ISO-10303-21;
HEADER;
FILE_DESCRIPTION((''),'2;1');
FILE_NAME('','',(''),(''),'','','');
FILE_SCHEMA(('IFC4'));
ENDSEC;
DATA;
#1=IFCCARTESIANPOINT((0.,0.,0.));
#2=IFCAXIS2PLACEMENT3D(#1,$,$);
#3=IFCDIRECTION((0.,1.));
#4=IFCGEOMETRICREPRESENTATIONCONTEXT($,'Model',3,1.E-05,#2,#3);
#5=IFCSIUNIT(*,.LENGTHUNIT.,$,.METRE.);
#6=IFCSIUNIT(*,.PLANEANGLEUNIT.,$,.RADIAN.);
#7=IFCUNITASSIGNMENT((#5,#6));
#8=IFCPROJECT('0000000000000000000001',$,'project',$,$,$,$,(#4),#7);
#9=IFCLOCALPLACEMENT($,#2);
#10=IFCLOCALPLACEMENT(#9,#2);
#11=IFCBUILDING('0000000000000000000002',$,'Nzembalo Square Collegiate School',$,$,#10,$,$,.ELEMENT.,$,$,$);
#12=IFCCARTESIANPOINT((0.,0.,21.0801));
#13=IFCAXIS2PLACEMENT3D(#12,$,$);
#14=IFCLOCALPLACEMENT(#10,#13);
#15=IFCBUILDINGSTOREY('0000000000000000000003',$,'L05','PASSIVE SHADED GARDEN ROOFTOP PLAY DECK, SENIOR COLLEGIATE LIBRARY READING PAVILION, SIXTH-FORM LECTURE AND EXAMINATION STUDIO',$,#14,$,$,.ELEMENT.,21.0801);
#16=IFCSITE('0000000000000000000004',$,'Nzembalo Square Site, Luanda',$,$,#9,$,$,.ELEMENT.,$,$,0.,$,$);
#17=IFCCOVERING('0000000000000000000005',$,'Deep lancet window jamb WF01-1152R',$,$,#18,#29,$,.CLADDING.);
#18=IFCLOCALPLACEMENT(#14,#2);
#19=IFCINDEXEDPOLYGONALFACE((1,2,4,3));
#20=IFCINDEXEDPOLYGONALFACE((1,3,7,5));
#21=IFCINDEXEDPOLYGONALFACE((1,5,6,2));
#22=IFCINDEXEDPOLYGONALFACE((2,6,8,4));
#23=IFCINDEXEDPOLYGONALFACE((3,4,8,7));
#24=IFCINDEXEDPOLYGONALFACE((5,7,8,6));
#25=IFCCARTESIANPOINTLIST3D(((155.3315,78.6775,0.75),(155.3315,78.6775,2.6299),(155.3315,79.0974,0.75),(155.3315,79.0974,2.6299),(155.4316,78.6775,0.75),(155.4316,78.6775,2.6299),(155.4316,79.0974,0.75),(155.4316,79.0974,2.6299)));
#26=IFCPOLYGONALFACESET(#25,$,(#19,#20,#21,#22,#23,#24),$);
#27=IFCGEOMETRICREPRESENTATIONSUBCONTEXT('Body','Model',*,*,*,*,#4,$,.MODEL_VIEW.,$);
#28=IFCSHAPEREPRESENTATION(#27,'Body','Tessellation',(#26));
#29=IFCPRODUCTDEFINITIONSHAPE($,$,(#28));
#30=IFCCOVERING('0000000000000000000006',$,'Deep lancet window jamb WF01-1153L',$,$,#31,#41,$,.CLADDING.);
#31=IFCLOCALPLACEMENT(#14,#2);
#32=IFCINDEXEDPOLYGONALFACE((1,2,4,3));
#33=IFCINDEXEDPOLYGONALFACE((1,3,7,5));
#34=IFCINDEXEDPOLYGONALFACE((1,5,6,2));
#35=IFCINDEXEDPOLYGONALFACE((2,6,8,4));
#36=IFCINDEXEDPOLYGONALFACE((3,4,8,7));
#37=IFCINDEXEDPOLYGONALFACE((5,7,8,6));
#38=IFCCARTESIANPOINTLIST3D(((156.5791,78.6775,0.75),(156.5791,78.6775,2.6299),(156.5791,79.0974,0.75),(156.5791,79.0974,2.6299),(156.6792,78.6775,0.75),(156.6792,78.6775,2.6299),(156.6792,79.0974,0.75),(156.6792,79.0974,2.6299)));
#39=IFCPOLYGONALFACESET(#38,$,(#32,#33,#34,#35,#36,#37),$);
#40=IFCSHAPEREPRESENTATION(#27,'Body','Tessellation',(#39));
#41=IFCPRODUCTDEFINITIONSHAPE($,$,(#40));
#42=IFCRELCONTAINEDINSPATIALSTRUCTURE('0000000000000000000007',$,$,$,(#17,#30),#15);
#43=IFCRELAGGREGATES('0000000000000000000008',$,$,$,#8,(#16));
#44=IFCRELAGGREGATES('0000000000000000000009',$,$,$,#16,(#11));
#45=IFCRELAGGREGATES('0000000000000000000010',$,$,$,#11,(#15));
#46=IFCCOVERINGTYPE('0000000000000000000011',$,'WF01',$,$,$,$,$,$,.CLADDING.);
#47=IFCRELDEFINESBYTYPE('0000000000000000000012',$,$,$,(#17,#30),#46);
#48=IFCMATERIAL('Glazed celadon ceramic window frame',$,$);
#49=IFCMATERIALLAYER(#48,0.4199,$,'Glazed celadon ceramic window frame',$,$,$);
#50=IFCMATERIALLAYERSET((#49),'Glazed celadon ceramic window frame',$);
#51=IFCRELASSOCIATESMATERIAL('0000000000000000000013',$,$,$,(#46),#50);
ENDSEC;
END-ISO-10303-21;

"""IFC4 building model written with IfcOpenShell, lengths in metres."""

from ifc_helpers import new_model, si_unit, direction, frame, origin, origin_2d, place, context, subcontext, project, spatial, rectangle, extrude, material, layer, layer_set, type_object, element, save


model = new_model("IFC4")

# Units and contexts
model_context = context("Model", 3, precision=1e-05, world=origin(), true_north=direction((0.0, 1.0)))
body_context = subcontext(model_context, "Body", "Model", "MODEL_VIEW")
ifc_project = project(units=[si_unit("LENGTHUNIT", "METRE"), si_unit("PLANEANGLEUNIT", "RADIAN")], contexts=[model_context])

# Site, building, storey
site_placement = place(None, origin())
site = spatial("IfcSite", under=ifc_project, at=site_placement, Name="Nzembalo Square Site, Luanda", CompositionType="ELEMENT", RefElevation=0.0)
building_placement = place(site_placement, origin())
building = spatial("IfcBuilding", under=site, at=building_placement, Name="Nzembalo Square Collegiate School", CompositionType="ELEMENT")
storey_placement = place(building_placement, frame((0.0, 0.0, 21.0801)))
storey = spatial("IfcBuildingStorey", under=building, at=storey_placement, Name="L05", Description="PASSIVE SHADED GARDEN ROOFTOP PLAY DECK, SENIOR COLLEGIATE LIBRARY READING PAVILION, SIXTH-FORM LECTURE AND EXAMINATION STUDIO", CompositionType="ELEMENT", Elevation=21.0801)

# Coverings
ifc_material_1 = material(Name="Glazed celadon ceramic window frame")
ifc_layer_1 = layer(ifc_material_1, 0.4199, Name="Glazed celadon ceramic window frame")
ifc_layer_set_1 = layer_set([ifc_layer_1], Name="Glazed celadon ceramic window frame")
covering_type_1 = type_object("IfcCoveringType", Name="WF01", PredefinedType="CLADDING", material=ifc_layer_set_1)
for number, where, z_axis, x_axis, name in (
    (1, (155.3816, 78.8875, 0.75), (0.0, 0.0, 1.0), (1.0, 0.0, 0.0), "Deep lancet window jamb WF01-1152R"),
    (2, (156.6292, 78.8875, 0.75), (0.0, 0.0, 1.0), (1.0, 0.0, 0.0), "Deep lancet window jamb WF01-1153L"),
):
    element("IfcCovering", number, at=place(storey_placement, frame(where, z_axis=z_axis, x_axis=x_axis)), inside=storey, type_object=covering_type_1, Name=name, PredefinedType="CLADDING", context=body_context, shape_type="SweptSolid", body=[
        extrude(rectangle(XDim=0.1001, YDim=0.4199, at=origin_2d()), origin(), (0.0, 0.0, 1.0), 1.8799),
    ])

save(model, "model.ifc")
